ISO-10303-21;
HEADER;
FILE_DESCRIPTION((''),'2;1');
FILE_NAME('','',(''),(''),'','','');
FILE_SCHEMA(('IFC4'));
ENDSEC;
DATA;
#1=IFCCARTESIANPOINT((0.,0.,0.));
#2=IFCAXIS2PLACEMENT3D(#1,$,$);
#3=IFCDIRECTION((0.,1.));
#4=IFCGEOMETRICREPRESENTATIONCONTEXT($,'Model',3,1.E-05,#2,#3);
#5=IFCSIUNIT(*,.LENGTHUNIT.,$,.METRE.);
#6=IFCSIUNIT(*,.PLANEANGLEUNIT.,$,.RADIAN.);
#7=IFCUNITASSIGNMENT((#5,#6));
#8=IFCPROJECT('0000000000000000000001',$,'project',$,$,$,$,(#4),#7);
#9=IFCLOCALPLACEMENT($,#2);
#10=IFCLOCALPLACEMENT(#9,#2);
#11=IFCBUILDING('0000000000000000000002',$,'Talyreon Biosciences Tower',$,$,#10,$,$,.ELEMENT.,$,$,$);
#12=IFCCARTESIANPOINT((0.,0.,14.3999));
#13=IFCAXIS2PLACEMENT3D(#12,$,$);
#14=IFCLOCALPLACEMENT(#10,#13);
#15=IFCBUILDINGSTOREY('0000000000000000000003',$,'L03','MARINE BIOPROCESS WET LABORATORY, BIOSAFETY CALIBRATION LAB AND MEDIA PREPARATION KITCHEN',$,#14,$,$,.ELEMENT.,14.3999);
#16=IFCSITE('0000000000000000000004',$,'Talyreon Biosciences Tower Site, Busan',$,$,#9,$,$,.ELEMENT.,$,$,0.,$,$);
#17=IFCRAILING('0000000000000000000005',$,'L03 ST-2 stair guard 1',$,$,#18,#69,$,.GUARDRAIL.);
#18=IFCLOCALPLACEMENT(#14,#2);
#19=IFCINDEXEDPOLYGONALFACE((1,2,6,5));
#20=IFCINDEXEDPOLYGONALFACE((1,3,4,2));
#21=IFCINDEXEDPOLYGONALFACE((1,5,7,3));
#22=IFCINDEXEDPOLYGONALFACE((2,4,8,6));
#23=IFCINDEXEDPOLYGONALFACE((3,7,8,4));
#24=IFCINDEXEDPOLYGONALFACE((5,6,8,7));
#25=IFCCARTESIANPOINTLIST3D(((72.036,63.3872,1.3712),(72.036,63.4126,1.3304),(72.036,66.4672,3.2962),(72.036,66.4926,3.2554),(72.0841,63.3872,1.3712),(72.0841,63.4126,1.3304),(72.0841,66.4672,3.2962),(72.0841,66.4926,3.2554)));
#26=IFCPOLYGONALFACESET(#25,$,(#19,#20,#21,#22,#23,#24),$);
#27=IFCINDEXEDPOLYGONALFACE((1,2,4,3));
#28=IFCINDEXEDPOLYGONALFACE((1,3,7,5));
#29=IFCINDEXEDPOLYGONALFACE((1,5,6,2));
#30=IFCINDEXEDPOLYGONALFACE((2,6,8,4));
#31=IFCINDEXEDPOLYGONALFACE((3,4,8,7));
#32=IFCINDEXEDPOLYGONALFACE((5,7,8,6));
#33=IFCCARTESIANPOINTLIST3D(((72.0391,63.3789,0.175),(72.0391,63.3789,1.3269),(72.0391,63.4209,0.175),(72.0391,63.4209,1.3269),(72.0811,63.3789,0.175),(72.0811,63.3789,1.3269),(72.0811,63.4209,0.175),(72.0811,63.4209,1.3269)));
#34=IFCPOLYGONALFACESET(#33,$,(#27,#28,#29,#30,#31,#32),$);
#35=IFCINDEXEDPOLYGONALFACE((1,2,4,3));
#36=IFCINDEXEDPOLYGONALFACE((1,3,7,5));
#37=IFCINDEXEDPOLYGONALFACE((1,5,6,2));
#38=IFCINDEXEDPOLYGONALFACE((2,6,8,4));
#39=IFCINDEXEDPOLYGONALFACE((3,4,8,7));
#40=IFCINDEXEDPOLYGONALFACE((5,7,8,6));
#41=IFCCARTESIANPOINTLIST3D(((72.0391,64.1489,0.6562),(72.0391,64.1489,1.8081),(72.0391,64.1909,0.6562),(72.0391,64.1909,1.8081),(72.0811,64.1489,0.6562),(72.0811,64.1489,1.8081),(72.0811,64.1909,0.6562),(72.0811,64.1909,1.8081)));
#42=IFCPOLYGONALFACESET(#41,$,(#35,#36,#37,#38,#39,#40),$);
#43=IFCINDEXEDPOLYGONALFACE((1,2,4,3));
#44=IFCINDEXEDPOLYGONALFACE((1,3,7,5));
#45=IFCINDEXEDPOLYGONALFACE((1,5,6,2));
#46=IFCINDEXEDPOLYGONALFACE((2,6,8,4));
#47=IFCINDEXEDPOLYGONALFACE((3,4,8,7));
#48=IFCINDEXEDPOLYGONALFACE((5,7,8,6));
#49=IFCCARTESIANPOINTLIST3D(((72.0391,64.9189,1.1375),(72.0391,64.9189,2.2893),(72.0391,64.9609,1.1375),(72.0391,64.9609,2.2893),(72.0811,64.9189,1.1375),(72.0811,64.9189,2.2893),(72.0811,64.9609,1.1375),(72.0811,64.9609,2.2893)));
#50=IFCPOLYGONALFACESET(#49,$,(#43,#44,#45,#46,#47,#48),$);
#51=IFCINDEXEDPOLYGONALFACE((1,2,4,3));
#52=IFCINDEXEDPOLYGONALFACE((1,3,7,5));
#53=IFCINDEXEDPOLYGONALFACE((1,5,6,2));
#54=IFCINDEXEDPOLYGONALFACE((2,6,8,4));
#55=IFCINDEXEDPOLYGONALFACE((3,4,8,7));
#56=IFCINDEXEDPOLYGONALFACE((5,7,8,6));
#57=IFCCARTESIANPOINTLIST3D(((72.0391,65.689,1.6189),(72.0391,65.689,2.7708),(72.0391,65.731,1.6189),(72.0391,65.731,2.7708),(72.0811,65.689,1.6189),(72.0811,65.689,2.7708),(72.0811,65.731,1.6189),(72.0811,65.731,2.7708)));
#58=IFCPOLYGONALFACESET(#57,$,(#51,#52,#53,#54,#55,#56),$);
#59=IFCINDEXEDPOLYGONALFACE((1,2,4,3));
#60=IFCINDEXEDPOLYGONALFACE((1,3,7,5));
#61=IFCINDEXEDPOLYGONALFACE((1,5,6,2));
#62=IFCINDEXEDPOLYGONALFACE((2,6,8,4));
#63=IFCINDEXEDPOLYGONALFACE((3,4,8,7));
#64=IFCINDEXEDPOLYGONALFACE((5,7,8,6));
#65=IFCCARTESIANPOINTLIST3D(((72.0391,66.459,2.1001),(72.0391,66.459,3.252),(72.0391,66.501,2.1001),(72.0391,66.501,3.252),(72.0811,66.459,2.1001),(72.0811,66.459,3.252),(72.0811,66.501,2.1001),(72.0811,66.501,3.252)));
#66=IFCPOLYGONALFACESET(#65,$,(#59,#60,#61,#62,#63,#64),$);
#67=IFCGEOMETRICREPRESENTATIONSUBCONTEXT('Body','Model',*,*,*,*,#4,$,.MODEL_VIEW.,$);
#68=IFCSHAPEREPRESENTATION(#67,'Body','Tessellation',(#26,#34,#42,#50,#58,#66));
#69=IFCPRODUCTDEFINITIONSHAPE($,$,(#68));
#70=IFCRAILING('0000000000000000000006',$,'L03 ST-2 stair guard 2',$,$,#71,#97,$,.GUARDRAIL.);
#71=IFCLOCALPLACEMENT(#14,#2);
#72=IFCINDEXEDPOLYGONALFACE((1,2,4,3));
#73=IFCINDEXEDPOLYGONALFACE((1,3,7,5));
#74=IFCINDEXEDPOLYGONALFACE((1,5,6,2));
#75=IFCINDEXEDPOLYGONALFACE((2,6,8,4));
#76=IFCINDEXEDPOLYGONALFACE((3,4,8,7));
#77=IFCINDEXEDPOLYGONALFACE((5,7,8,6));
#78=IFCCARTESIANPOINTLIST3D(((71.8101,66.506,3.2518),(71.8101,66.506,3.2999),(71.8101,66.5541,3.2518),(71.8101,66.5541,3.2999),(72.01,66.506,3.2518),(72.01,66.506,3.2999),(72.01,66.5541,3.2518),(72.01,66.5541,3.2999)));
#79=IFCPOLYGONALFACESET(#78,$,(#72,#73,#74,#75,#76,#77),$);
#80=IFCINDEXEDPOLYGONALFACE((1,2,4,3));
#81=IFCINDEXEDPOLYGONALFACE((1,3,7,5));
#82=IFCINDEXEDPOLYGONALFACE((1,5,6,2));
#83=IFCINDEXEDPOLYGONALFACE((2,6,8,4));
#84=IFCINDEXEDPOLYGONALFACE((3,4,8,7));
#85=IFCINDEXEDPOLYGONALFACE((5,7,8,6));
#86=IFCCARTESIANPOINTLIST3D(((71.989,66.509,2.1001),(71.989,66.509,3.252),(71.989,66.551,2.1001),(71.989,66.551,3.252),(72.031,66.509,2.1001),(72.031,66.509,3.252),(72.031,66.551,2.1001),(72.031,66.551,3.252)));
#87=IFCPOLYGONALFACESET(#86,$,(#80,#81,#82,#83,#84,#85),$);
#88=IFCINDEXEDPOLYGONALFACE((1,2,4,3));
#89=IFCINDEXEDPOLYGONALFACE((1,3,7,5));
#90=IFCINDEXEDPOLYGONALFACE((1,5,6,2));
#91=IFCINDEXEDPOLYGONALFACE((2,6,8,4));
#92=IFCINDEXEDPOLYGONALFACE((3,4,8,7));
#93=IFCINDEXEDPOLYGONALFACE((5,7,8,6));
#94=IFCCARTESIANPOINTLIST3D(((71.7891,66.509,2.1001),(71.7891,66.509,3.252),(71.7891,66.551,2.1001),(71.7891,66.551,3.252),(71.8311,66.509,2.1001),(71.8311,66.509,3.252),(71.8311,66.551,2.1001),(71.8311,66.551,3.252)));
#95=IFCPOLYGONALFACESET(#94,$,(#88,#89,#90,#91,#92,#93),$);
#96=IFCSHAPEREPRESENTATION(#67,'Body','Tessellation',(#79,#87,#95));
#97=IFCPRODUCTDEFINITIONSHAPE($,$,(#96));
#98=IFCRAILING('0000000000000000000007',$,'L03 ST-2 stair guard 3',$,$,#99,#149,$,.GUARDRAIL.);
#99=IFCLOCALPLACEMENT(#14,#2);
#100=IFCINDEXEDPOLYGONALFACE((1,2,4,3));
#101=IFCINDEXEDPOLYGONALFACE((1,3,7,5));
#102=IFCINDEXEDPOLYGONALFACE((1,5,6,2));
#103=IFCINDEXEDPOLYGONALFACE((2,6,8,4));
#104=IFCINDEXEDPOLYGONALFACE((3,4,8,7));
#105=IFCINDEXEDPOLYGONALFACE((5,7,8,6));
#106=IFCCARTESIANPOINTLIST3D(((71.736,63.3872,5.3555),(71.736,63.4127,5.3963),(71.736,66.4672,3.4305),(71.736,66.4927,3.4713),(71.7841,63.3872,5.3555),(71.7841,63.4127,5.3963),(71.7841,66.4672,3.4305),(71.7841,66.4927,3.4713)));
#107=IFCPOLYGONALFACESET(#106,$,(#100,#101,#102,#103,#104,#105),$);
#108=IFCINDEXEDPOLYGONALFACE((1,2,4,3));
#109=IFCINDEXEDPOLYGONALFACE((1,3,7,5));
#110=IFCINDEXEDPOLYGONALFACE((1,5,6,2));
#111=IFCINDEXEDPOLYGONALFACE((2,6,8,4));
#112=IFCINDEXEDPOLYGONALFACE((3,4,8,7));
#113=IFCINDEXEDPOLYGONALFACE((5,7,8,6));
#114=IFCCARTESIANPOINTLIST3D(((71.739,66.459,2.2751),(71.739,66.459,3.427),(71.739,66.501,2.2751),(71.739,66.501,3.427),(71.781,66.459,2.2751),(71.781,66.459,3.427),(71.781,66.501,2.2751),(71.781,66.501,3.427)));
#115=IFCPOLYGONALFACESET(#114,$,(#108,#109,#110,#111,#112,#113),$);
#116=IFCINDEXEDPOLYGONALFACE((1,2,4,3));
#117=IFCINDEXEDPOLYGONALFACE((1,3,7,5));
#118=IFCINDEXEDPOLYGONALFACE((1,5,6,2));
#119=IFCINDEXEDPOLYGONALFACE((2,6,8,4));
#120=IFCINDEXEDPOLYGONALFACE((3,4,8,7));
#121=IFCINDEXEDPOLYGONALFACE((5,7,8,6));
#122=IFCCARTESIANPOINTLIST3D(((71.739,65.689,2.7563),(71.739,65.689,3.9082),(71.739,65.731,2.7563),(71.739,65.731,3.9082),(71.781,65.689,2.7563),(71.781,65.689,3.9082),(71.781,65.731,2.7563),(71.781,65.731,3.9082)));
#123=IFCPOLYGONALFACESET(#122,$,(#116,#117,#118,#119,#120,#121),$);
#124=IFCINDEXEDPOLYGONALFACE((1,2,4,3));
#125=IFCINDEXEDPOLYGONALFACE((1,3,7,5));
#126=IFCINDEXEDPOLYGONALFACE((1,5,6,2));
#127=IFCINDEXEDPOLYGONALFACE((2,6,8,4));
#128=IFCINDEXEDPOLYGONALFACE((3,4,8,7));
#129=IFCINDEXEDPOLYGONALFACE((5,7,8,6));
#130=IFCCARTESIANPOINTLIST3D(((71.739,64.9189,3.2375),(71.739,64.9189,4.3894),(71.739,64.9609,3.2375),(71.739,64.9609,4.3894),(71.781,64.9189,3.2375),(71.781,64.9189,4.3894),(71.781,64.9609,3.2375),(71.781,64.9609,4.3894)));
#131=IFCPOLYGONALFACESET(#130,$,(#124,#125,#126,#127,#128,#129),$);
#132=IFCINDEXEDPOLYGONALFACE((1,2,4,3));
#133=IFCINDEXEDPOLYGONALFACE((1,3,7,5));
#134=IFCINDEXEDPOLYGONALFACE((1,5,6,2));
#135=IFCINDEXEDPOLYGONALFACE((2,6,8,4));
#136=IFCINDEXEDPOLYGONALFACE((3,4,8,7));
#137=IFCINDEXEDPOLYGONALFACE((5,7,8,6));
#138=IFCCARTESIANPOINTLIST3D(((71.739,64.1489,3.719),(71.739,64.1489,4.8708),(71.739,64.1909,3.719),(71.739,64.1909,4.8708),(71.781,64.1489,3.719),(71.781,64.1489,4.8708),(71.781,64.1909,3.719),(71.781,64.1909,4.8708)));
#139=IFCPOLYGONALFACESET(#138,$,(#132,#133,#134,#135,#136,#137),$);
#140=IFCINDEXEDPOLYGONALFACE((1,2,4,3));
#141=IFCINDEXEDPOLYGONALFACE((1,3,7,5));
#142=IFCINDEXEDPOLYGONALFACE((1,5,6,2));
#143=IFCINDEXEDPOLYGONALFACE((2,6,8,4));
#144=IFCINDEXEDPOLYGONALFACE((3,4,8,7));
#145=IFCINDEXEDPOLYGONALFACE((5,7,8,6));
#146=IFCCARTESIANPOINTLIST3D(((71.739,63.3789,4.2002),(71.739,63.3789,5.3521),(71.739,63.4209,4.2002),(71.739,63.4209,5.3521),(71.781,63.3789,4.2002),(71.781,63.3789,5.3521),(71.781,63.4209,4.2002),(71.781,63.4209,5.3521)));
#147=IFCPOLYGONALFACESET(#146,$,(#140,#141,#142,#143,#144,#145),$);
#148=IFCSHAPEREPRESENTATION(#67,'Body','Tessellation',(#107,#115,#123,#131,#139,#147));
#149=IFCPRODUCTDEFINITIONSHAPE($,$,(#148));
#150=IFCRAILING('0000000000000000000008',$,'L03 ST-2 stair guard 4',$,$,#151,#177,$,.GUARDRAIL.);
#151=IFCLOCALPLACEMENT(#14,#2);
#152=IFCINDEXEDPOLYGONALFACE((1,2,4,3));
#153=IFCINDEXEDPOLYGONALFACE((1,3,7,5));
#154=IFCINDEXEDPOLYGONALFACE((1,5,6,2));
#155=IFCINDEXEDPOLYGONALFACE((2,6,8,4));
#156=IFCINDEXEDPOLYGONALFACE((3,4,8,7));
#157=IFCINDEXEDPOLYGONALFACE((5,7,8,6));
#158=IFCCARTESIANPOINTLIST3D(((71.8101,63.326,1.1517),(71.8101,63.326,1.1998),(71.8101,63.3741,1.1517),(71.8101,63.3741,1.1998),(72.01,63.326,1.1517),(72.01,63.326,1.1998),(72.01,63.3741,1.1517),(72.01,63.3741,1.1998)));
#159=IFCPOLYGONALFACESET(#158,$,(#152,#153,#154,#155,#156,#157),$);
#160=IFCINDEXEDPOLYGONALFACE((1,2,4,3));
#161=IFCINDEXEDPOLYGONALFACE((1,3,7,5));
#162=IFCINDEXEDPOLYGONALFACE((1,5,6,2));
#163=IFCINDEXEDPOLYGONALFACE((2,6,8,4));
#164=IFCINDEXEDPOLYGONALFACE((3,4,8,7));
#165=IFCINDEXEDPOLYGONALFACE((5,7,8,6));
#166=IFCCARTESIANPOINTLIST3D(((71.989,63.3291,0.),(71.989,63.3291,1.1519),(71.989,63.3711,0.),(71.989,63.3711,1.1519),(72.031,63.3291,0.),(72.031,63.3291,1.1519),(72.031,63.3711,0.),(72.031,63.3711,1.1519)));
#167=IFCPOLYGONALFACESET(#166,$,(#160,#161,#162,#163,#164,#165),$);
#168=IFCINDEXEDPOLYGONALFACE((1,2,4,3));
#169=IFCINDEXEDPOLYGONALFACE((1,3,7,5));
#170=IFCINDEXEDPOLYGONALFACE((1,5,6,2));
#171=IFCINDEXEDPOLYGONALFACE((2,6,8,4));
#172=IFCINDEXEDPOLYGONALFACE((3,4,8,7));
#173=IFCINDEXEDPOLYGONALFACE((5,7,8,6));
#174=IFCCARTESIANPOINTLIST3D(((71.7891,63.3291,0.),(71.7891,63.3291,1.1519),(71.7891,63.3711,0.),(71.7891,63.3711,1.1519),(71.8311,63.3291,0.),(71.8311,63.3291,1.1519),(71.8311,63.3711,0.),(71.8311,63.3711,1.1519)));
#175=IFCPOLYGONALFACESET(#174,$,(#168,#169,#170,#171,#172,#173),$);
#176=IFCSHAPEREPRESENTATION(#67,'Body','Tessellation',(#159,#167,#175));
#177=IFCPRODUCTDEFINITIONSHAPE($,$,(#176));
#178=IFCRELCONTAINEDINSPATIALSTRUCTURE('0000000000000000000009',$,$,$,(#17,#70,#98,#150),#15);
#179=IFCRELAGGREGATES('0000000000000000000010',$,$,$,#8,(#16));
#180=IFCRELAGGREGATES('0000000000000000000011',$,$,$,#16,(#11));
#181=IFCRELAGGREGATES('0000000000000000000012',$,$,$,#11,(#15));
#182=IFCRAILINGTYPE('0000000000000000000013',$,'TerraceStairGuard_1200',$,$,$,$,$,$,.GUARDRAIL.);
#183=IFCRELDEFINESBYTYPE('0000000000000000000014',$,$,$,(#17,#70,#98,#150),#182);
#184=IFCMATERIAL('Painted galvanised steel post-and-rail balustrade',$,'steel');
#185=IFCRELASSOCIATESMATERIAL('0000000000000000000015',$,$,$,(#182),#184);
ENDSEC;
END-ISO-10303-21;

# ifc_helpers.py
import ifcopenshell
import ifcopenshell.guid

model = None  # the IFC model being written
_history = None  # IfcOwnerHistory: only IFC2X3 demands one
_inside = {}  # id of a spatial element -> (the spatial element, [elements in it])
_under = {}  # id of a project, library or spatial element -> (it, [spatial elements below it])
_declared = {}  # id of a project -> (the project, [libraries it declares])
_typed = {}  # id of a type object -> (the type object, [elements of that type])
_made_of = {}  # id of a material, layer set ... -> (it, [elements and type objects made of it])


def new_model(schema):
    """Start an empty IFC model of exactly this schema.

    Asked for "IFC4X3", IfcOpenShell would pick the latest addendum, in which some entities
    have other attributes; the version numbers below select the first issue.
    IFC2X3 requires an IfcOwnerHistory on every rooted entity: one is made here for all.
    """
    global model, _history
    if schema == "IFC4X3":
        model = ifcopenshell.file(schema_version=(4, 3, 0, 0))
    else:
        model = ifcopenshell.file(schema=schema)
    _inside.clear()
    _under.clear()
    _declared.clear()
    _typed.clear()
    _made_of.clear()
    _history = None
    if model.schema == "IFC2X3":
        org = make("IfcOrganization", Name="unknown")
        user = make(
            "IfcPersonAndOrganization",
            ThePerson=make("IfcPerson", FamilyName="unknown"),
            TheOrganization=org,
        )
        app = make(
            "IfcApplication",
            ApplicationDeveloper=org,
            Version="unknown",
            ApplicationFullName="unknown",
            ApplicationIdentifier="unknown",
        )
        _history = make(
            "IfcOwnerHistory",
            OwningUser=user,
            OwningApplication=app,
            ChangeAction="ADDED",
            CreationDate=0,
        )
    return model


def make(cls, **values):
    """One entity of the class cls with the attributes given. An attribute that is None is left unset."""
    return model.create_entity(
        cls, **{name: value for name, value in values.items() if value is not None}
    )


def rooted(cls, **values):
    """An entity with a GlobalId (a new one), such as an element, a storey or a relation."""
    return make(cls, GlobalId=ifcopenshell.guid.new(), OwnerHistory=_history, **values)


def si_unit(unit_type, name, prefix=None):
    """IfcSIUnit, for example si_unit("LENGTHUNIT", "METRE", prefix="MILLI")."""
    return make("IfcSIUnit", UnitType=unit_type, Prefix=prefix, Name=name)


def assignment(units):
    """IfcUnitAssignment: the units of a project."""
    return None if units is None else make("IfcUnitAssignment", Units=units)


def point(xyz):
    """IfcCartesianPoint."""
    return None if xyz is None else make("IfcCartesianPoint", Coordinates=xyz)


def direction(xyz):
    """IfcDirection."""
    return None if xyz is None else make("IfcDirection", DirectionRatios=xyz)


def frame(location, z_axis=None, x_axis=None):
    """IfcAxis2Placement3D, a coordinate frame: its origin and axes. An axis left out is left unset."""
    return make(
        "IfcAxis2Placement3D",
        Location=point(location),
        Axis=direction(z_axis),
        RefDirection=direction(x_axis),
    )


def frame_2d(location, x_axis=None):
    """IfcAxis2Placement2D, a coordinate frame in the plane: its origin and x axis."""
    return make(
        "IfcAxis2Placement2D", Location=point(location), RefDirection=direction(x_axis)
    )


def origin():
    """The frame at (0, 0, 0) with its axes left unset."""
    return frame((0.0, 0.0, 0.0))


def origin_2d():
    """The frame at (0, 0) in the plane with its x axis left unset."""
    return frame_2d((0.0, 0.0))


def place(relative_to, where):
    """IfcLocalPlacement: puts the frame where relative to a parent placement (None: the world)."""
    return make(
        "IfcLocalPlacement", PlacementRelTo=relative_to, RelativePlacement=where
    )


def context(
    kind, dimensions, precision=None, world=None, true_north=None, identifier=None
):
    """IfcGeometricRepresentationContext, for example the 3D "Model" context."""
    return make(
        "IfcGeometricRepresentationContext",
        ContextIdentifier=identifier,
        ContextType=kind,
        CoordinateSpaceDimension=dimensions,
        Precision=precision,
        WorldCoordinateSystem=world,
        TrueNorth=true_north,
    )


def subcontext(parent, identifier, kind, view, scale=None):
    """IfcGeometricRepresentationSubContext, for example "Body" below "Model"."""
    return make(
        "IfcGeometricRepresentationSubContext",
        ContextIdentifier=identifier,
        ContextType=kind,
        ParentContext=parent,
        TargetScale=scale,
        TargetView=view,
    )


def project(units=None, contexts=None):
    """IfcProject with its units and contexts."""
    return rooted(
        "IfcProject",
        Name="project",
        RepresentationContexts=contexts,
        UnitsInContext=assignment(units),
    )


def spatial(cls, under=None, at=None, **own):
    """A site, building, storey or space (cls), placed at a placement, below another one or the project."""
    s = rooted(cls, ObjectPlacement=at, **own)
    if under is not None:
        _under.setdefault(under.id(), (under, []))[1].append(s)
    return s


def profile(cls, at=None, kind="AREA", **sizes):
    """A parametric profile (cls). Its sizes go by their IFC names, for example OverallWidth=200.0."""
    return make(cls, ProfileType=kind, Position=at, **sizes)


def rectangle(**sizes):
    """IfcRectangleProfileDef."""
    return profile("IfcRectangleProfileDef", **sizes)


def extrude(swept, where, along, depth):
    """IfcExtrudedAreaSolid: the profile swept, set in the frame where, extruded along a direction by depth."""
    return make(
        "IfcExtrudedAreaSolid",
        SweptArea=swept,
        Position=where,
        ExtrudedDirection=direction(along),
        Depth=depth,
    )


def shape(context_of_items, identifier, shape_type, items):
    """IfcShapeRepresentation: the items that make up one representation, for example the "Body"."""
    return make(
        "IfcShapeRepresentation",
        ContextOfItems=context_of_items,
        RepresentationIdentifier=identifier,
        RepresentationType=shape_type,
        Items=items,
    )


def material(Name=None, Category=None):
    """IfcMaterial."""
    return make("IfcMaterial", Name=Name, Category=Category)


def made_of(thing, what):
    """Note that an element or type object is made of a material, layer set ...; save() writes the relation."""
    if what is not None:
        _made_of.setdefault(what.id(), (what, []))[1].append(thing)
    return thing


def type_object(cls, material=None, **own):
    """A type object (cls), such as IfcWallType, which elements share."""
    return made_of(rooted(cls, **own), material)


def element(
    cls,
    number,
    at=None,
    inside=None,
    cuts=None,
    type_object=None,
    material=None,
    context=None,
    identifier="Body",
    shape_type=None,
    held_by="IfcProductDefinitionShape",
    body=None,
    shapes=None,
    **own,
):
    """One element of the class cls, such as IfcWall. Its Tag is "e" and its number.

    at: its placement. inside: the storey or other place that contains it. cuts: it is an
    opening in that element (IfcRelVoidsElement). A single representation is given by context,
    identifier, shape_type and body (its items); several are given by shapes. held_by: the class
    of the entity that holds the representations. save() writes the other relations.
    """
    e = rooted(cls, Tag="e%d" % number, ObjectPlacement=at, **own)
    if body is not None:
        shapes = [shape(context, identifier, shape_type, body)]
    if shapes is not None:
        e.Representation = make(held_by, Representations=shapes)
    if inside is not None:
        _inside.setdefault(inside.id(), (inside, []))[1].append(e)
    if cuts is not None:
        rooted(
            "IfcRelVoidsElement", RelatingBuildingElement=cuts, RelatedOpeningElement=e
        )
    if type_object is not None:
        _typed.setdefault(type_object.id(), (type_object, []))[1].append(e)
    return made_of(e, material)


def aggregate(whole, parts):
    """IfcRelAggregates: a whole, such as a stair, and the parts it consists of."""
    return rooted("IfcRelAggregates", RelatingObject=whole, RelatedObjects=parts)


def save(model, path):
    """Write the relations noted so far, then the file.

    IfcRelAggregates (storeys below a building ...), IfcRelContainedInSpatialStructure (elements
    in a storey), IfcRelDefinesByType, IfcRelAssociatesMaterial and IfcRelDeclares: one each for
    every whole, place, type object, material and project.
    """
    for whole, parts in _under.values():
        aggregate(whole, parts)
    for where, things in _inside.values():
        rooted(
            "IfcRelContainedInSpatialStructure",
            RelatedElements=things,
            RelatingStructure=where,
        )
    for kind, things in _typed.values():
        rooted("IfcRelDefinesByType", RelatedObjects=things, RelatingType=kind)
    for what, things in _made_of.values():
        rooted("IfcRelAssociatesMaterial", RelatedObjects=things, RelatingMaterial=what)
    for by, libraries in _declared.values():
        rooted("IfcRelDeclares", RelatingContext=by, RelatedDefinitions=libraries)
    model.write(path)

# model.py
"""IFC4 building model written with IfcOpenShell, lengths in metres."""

from ifc_helpers import new_model, si_unit, direction, frame, origin, origin_2d, place, context, subcontext, project, spatial, rectangle, extrude, material, type_object, element, save


model = new_model("IFC4")

# Units and contexts
model_context = context("Model", 3, precision=1e-05, world=origin(), true_north=direction((0.0, 1.0)))
body_context = subcontext(model_context, "Body", "Model", "MODEL_VIEW")
ifc_project = project(units=[si_unit("LENGTHUNIT", "METRE"), si_unit("PLANEANGLEUNIT", "RADIAN")], contexts=[model_context])

# Site, building, storey
site_placement = place(None, origin())
site = spatial("IfcSite", under=ifc_project, at=site_placement, Name="Talyreon Biosciences Tower Site, Busan", CompositionType="ELEMENT", RefElevation=0.0)
building_placement = place(site_placement, origin())
building = spatial("IfcBuilding", under=site, at=building_placement, Name="Talyreon Biosciences Tower", CompositionType="ELEMENT")
storey_placement = place(building_placement, frame((0.0, 0.0, 14.3999)))
storey = spatial("IfcBuildingStorey", under=building, at=storey_placement, Name="L03", Description="MARINE BIOPROCESS WET LABORATORY, BIOSAFETY CALIBRATION LAB AND MEDIA PREPARATION KITCHEN", CompositionType="ELEMENT", Elevation=14.3999)

# Railings
ifc_material_1 = material(Name="Painted galvanised steel post-and-rail balustrade", Category="steel")
railing_type_1 = type_object("IfcRailingType", Name="TerraceStairGuard_1200", PredefinedType="GUARDRAIL", material=ifc_material_1)
railing_1_placement = place(storey_placement, frame((72.0601, 63.3999, 0.175)))
element("IfcRailing", 1, at=railing_1_placement, inside=storey, type_object=railing_type_1, Name="L03 ST-2 stair guard 1", PredefinedType="GUARDRAIL", context=body_context, shape_type="SweptSolid", body=[
    extrude(rectangle(XDim=0.0481, YDim=0.0481, at=origin_2d()), frame((0.0, 0.0, 1.1758), z_axis=(0.0, 0.847998, 0.529999), x_axis=(-1.0, 0.0, 0.0)), (0.0, 0.0, 1.0), 3.6321),
    extrude(rectangle(XDim=0.042, YDim=0.042, at=origin_2d()), origin(), (0.0, 0.0, 1.0), 1.1519),
    extrude(rectangle(XDim=0.042, YDim=0.042, at=origin_2d()), frame((0.0, 0.77, 0.4812)), (0.0, 0.0, 1.0), 1.1519),
    extrude(rectangle(XDim=0.042, YDim=0.042, at=origin_2d()), frame((0.0, 1.54, 0.9624)), (0.0, 0.0, 1.0), 1.1519),
    extrude(rectangle(XDim=0.042, YDim=0.042, at=origin_2d()), frame((0.0, 2.3101, 1.4438)), (0.0, 0.0, 1.0), 1.1519),
    extrude(rectangle(XDim=0.042, YDim=0.042, at=origin_2d()), frame((0.0, 3.0801, 1.925)), (0.0, 0.0, 1.0), 1.1519),
])
railing_2_placement = place(storey_placement, frame((72.01, 66.53, 2.1001)))
element("IfcRailing", 2, at=railing_2_placement, inside=storey, type_object=railing_type_1, Name="L03 ST-2 stair guard 2", PredefinedType="GUARDRAIL", context=body_context, shape_type="SweptSolid", body=[
    extrude(rectangle(XDim=0.0481, YDim=0.0481, at=origin_2d()), frame((0.0, 0.0, 1.1758), z_axis=(-1.0, 0.0, 0.0), x_axis=(0.0, -1.0, 0.0)), (0.0, 0.0, 1.0), 0.2),
    extrude(rectangle(XDim=0.042, YDim=0.042, at=origin_2d()), origin(), (0.0, 0.0, 1.0), 1.1519),
    extrude(rectangle(XDim=0.042, YDim=0.042, at=origin_2d()), frame((-0.2, 0.0, 0.0)), (0.0, 0.0, 1.0), 1.1519),
])
railing_3_placement = place(storey_placement, frame((71.76, 66.48, 2.2751)))
element("IfcRailing", 3, at=railing_3_placement, inside=storey, type_object=railing_type_1, Name="L03 ST-2 stair guard 3", PredefinedType="GUARDRAIL", context=body_context, shape_type="SweptSolid", body=[
    extrude(rectangle(XDim=0.0481, YDim=0.0481, at=origin_2d()), frame((0.0, 0.0, 1.1758), z_axis=(0.0, -0.847998, 0.529999), x_axis=(1.0, 0.0, 0.0)), (0.0, 0.0, 1.0), 3.6321),
    extrude(rectangle(XDim=0.042, YDim=0.042, at=origin_2d()), origin(), (0.0, 0.0, 1.0), 1.1519),
    extrude(rectangle(XDim=0.042, YDim=0.042, at=origin_2d()), frame((0.0, -0.77, 0.4812)), (0.0, 0.0, 1.0), 1.1519),
    extrude(rectangle(XDim=0.042, YDim=0.042, at=origin_2d()), frame((0.0, -1.54, 0.9624)), (0.0, 0.0, 1.0), 1.1519),
    extrude(rectangle(XDim=0.042, YDim=0.042, at=origin_2d()), frame((0.0, -2.3101, 1.4438)), (0.0, 0.0, 1.0), 1.1519),
    extrude(rectangle(XDim=0.042, YDim=0.042, at=origin_2d()), frame((0.0, -3.0801, 1.925)), (0.0, 0.0, 1.0), 1.1519),
])
railing_4_placement = place(storey_placement, frame((72.01, 63.3501, 0.0)))
element("IfcRailing", 4, at=railing_4_placement, inside=storey, type_object=railing_type_1, Name="L03 ST-2 stair guard 4", PredefinedType="GUARDRAIL", context=body_context, shape_type="SweptSolid", body=[
    extrude(rectangle(XDim=0.0481, YDim=0.0481, at=origin_2d()), frame((0.0, 0.0, 1.1758), z_axis=(-1.0, 0.0, 0.0), x_axis=(0.0, -1.0, 0.0)), (0.0, 0.0, 1.0), 0.2),
    extrude(rectangle(XDim=0.042, YDim=0.042, at=origin_2d()), origin(), (0.0, 0.0, 1.0), 1.1519),
    extrude(rectangle(XDim=0.042, YDim=0.042, at=origin_2d()), frame((-0.2, 0.0, 0.0)), (0.0, 0.0, 1.0), 1.1519),
])

save(model, "model.ifc")
